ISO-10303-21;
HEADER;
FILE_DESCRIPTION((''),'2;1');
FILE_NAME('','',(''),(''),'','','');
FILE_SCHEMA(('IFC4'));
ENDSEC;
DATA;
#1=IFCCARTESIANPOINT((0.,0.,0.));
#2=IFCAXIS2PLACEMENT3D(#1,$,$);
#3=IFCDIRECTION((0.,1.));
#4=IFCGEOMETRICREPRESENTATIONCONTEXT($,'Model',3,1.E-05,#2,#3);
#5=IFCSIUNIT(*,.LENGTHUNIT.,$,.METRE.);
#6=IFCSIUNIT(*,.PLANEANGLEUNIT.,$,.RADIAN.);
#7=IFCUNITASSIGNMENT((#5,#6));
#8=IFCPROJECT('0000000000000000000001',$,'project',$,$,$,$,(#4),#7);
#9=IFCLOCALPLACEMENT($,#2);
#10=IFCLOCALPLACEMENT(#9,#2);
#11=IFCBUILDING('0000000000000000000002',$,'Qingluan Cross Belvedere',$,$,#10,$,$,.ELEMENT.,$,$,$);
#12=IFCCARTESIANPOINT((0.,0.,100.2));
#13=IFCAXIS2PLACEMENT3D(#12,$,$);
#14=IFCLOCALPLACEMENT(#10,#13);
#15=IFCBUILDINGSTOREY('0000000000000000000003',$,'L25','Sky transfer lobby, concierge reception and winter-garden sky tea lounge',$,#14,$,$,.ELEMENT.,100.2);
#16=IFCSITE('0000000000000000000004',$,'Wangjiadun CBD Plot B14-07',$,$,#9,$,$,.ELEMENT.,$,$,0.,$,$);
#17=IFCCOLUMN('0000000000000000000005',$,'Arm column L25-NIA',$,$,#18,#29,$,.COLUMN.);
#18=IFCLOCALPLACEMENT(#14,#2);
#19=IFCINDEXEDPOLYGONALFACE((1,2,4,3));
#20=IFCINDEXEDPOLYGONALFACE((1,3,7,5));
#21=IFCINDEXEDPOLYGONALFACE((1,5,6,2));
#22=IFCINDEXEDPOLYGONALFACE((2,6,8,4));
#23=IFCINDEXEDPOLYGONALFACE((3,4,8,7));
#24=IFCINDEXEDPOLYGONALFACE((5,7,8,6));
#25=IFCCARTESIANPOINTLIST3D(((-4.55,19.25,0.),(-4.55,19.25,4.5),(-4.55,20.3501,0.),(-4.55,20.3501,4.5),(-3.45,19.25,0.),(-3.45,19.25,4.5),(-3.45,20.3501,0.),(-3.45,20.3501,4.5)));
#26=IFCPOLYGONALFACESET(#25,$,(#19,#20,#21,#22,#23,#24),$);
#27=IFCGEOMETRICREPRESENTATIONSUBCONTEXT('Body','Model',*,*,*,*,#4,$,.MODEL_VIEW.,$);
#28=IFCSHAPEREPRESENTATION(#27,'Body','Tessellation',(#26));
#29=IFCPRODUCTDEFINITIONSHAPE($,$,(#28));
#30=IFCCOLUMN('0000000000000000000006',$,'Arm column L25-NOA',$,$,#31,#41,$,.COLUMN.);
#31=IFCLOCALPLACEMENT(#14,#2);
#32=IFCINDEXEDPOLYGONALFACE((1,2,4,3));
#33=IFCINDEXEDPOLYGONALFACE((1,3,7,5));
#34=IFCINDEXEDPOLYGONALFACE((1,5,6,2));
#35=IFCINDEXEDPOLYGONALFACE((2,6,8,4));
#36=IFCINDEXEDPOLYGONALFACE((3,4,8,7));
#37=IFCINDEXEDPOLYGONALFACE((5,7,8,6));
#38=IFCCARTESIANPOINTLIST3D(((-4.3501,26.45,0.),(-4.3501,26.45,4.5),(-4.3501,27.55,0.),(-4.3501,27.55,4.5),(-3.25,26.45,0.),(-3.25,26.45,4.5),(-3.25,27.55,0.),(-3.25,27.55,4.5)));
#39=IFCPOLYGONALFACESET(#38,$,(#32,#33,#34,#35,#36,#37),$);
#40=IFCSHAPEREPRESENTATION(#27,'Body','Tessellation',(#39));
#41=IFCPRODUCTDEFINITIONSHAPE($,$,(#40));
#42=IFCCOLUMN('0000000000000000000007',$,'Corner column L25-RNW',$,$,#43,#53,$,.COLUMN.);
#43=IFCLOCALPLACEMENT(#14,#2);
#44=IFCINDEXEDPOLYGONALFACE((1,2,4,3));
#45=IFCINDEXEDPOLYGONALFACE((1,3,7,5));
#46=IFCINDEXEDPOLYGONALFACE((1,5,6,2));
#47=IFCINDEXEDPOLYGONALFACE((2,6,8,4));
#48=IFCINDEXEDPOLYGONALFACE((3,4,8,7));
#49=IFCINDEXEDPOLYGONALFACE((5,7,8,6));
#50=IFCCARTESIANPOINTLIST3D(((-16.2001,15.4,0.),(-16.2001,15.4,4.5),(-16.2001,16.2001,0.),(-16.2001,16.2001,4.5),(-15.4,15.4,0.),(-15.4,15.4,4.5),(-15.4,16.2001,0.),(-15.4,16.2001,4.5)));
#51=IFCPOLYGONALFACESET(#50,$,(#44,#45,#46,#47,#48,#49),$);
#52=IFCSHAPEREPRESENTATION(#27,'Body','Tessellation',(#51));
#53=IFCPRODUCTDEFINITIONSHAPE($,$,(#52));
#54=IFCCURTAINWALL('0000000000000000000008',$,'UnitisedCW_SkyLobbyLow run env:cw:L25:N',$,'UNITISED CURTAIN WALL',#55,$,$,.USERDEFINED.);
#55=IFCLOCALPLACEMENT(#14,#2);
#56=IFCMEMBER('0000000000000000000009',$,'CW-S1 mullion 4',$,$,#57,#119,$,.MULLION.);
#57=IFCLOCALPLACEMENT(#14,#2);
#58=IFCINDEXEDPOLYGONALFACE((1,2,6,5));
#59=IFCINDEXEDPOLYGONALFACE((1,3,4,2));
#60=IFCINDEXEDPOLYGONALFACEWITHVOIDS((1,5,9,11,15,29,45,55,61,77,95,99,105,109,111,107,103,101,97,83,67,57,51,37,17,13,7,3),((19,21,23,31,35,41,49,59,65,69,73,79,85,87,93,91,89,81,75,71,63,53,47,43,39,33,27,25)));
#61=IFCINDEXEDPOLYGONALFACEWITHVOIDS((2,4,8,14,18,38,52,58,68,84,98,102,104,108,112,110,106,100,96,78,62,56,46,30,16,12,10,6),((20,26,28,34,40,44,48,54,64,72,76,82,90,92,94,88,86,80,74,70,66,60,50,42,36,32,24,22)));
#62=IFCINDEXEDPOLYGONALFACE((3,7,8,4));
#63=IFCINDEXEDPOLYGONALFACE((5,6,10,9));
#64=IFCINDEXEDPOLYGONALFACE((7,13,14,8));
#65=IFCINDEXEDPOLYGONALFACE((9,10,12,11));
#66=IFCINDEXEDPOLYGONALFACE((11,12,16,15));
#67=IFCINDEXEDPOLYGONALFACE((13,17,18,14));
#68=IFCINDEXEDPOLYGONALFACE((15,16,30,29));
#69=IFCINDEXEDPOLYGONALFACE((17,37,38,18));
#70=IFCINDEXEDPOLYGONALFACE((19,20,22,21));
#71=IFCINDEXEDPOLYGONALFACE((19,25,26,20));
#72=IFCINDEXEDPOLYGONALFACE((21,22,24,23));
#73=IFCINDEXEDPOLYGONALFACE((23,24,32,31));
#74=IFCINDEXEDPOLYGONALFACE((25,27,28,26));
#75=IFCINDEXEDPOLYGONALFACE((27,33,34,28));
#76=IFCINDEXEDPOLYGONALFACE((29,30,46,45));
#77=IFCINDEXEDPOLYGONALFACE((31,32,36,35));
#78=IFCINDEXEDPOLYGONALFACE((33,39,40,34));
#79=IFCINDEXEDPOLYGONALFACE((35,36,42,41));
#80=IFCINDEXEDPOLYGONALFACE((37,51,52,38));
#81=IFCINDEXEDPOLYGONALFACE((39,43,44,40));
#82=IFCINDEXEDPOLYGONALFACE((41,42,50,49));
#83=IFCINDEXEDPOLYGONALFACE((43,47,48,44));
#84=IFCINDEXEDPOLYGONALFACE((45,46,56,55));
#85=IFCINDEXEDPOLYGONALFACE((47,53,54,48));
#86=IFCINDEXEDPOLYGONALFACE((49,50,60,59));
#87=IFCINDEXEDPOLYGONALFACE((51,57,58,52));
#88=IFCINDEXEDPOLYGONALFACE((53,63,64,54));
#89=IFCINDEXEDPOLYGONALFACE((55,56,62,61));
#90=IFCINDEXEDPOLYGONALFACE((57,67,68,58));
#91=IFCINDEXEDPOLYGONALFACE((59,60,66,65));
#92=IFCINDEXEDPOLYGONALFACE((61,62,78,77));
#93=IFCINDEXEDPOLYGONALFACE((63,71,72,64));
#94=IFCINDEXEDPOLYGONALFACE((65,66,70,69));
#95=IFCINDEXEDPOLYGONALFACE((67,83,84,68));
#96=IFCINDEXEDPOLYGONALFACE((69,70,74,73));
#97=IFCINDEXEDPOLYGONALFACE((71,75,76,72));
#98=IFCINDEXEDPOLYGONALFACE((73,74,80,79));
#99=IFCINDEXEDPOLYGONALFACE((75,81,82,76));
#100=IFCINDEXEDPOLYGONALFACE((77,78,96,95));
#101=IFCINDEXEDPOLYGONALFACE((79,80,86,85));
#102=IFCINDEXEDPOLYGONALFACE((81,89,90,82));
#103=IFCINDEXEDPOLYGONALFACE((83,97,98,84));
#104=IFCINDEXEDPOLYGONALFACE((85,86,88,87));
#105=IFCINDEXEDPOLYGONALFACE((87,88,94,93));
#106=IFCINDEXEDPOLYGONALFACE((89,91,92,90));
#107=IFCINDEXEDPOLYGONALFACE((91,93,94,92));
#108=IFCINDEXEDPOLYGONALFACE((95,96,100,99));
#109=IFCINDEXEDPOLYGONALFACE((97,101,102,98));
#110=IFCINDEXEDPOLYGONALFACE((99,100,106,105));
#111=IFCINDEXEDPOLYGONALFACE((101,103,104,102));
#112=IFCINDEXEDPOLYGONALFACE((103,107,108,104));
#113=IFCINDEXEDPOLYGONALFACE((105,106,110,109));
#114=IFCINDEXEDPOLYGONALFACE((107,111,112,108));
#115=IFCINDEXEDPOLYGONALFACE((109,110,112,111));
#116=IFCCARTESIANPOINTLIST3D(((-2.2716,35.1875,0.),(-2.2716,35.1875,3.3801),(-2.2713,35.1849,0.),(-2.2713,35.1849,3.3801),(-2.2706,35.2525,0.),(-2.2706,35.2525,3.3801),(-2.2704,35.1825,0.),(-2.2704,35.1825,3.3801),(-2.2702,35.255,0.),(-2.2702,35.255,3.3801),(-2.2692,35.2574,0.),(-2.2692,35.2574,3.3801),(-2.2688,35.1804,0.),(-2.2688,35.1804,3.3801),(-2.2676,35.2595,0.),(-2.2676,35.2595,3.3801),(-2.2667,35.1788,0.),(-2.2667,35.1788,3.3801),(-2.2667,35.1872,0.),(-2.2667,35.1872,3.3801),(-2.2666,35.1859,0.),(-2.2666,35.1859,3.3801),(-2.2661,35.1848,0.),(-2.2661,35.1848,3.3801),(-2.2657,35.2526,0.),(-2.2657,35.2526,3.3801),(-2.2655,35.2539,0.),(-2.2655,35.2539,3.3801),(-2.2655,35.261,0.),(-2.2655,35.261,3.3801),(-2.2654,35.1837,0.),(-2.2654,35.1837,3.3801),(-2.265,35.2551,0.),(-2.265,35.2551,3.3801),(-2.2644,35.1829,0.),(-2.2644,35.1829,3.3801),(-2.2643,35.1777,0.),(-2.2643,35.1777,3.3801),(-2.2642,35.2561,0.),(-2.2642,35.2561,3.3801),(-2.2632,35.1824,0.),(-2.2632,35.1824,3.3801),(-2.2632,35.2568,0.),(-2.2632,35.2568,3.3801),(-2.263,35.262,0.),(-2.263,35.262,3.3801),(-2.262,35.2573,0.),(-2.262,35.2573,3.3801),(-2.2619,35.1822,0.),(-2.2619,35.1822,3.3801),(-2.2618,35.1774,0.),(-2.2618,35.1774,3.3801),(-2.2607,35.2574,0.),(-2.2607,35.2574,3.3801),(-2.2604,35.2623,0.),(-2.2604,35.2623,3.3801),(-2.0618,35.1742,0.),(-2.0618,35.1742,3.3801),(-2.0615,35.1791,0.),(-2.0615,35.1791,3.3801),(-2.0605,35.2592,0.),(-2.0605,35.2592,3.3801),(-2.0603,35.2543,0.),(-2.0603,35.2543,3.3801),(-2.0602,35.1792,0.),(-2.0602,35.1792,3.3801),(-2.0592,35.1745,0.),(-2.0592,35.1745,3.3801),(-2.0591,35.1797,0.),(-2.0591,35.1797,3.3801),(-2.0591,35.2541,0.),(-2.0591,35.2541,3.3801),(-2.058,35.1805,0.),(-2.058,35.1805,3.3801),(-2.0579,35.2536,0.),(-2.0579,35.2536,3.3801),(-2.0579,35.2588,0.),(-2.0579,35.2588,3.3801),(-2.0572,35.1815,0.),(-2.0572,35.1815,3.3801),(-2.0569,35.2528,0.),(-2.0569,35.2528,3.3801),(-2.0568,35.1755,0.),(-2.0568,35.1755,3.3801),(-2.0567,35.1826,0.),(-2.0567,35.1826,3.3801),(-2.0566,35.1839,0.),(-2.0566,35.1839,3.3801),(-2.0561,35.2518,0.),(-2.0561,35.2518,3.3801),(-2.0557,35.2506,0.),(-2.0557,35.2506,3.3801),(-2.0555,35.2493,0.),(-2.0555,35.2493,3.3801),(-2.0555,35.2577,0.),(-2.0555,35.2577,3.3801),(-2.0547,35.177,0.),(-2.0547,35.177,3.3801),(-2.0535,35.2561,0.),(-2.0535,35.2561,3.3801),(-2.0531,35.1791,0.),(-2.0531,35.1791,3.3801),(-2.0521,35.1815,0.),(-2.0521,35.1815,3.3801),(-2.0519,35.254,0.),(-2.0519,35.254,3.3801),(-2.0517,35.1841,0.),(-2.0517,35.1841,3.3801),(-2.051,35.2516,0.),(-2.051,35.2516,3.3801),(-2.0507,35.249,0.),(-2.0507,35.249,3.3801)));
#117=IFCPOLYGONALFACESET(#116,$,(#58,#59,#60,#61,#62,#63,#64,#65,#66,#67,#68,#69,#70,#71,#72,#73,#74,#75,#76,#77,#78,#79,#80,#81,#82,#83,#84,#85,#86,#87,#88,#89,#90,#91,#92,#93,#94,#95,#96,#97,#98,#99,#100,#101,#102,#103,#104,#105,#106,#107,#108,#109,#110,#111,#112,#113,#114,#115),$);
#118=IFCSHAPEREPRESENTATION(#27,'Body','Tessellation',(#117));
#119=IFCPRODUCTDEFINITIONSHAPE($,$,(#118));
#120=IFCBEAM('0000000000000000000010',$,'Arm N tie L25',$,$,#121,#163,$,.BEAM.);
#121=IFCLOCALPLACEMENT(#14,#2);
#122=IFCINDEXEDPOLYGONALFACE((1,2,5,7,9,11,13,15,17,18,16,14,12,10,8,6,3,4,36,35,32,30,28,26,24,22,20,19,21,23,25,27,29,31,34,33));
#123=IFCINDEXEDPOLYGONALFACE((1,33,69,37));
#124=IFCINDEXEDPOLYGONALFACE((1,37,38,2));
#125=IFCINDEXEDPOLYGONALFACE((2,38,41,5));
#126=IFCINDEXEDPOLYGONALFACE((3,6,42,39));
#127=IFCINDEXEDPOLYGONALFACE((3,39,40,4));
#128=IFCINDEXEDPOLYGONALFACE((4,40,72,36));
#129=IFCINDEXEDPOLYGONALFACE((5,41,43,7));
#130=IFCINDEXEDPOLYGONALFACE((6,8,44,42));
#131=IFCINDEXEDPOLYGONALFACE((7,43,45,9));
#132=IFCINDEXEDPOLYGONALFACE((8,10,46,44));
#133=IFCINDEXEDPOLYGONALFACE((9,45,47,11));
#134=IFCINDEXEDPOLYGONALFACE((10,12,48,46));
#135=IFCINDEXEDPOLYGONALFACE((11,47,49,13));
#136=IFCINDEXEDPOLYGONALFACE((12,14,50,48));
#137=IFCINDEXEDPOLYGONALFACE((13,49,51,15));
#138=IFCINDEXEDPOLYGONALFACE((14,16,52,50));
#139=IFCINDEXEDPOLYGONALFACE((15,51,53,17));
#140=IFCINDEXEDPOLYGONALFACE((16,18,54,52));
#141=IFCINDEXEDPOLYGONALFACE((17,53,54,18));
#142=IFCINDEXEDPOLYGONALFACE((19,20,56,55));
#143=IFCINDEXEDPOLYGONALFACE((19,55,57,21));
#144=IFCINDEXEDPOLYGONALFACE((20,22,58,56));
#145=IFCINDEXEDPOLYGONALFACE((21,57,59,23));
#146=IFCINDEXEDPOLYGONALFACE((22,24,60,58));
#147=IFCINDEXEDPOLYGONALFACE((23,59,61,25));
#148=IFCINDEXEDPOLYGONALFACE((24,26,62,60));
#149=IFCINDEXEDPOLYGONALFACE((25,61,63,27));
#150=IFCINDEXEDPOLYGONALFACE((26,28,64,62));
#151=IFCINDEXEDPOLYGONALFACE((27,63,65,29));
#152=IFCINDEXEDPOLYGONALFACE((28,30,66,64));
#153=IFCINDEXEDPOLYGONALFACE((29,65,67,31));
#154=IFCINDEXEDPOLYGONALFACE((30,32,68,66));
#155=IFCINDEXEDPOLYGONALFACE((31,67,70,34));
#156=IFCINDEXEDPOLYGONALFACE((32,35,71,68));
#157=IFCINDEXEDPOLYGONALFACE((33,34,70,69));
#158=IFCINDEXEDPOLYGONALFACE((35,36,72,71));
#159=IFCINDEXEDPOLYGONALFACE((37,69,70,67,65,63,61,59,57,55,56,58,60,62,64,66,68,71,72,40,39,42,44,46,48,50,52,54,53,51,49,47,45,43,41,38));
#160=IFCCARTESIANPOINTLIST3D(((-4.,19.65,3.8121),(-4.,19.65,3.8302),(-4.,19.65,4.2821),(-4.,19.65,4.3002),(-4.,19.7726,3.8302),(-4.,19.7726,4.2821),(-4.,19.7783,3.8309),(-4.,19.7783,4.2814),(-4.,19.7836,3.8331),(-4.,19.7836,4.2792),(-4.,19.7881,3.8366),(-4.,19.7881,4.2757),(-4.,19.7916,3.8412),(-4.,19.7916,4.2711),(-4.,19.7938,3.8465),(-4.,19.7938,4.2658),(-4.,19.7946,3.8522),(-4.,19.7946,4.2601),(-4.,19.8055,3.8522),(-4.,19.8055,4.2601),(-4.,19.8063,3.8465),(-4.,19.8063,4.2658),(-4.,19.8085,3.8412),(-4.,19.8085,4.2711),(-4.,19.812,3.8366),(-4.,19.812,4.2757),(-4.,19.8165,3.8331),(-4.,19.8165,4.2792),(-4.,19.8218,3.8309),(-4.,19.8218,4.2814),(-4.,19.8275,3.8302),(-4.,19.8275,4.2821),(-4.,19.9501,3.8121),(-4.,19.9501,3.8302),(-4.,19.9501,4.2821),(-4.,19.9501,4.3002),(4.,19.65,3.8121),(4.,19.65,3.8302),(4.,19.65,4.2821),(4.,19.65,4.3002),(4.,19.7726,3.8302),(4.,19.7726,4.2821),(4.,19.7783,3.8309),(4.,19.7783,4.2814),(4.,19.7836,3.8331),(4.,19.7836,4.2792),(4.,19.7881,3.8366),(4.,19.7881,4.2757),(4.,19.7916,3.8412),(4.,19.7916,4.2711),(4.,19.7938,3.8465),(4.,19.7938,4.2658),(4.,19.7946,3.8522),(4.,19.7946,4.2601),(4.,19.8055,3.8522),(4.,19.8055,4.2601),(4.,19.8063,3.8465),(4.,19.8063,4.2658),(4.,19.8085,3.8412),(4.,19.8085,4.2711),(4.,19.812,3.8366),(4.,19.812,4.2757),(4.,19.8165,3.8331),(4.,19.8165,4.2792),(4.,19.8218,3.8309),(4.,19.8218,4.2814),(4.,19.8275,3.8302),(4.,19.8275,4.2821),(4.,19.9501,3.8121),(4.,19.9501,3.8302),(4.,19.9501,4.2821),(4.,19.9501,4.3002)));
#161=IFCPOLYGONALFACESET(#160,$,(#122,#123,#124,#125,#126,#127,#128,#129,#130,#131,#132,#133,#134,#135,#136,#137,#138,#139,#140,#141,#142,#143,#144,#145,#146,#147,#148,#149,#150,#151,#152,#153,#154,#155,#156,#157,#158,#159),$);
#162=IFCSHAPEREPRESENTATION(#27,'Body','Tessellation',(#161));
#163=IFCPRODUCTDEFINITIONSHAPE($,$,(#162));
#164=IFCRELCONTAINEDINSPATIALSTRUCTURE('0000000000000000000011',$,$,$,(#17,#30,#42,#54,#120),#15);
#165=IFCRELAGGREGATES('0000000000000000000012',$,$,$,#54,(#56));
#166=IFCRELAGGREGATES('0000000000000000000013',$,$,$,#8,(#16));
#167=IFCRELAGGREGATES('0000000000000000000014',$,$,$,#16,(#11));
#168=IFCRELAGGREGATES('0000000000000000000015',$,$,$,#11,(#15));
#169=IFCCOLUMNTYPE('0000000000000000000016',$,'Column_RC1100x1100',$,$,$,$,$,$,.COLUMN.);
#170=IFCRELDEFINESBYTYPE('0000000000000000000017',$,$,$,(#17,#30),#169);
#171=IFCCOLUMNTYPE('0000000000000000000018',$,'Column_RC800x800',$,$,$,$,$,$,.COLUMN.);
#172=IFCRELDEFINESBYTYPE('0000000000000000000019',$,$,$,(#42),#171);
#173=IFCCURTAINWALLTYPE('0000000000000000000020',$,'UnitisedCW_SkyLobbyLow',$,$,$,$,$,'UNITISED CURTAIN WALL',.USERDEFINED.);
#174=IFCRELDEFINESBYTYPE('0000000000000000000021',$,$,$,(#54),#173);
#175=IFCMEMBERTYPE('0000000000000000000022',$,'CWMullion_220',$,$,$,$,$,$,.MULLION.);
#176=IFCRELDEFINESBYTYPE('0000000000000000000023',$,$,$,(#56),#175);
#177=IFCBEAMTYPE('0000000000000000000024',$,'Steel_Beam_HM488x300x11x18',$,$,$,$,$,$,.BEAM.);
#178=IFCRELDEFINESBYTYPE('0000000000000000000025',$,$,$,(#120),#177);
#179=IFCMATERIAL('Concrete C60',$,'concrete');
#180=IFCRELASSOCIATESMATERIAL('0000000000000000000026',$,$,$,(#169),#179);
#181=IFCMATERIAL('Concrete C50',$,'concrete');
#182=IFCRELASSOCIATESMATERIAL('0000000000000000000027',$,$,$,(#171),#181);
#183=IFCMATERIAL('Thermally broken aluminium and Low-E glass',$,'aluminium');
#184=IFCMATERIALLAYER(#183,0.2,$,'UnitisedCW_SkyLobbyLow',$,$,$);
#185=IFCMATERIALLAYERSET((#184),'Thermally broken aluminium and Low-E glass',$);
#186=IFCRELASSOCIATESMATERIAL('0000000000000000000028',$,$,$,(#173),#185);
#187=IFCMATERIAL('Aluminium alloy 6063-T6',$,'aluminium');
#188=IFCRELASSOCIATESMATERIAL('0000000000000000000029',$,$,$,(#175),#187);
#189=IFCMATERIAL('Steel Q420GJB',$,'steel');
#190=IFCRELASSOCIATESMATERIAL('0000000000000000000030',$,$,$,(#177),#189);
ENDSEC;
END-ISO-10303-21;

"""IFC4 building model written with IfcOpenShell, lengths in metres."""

from ifc_helpers import new_model, si_unit, direction, frame, origin, origin_2d, place, context, subcontext, project, spatial, rectangle, hollow_rectangle, i_section, extrude, material, layer, layer_set, material_profile, profile_set, type_object, element, aggregate, save


model = new_model("IFC4")

# Units and contexts
model_context = context("Model", 3, precision=1e-05, world=origin(), true_north=direction((0.0, 1.0)))
body_context = subcontext(model_context, "Body", "Model", "MODEL_VIEW")
ifc_project = project(units=[si_unit("LENGTHUNIT", "METRE"), si_unit("PLANEANGLEUNIT", "RADIAN")], contexts=[model_context])

# Site, building, storey
site_placement = place(None, origin())
site = spatial("IfcSite", under=ifc_project, at=site_placement, Name="Wangjiadun CBD Plot B14-07", CompositionType="ELEMENT", RefElevation=0.0)
building_placement = place(site_placement, origin())
building = spatial("IfcBuilding", under=site, at=building_placement, Name="Qingluan Cross Belvedere", CompositionType="ELEMENT")
storey_placement = place(building_placement, frame((0.0, 0.0, 100.2)))
storey = spatial("IfcBuildingStorey", under=building, at=storey_placement, Name="L25", Description="Sky transfer lobby, concierge reception and winter-garden sky tea lounge", CompositionType="ELEMENT", Elevation=100.2)

# Columns
ifc_material_1 = material(Name="Concrete C60", Category="concrete")
ifc_material_profile_1 = material_profile(ifc_material_1, rectangle(XDim=1.1001, YDim=1.1001, at=origin_2d()), Name="RC1100x1100")
ifc_profile_set_1 = profile_set([ifc_material_profile_1], Name="Concrete C60")
column_type_1 = type_object("IfcColumnType", Name="Column_RC1100x1100", PredefinedType="COLUMN", material=ifc_profile_set_1)
for number, where, z_axis, x_axis, name in (
    (1, (-4.0, 19.8, 0.0), (0.0, 0.0, 1.0), (1.0, 0.0, 0.0), "Arm column L25-NIA"),
    (2, (-3.8, 27.0, 0.0), (0.0, 0.0, 1.0), (1.0, 0.0, 0.0), "Arm column L25-NOA"),
):
    element("IfcColumn", number, at=place(storey_placement, frame(where, z_axis=z_axis, x_axis=x_axis)), inside=storey, type_object=column_type_1, Name=name, PredefinedType="COLUMN", context=body_context, shape_type="SweptSolid", body=[
        extrude(rectangle(XDim=1.1001, YDim=1.1001, at=origin_2d()), origin(), (0.0, 0.0, 1.0), 4.5),
    ])
ifc_material_2 = material(Name="Concrete C50", Category="concrete")
ifc_material_profile_2 = material_profile(ifc_material_2, rectangle(XDim=0.8, YDim=0.8, at=origin_2d()), Name="RC800x800")
ifc_profile_set_2 = profile_set([ifc_material_profile_2], Name="Concrete C50")
column_type_2 = type_object("IfcColumnType", Name="Column_RC800x800", PredefinedType="COLUMN", material=ifc_profile_set_2)
column_placement = place(storey_placement, frame((-15.8, 15.8, 0.0), z_axis=(0.0, 0.0, 1.0), x_axis=(1.0, 0.0, 0.0)))
element("IfcColumn", 3, at=column_placement, inside=storey, type_object=column_type_2, Name="Corner column L25-RNW", PredefinedType="COLUMN", context=body_context, shape_type="SweptSolid", body=[
    extrude(rectangle(XDim=0.8, YDim=0.8, at=origin_2d()), origin(), (0.0, 0.0, 1.0), 4.5),
])

# Curtain wall, member
ifc_material_3 = material(Name="Thermally broken aluminium and Low-E glass", Category="aluminium")
ifc_layer_1 = layer(ifc_material_3, 0.2, Name="UnitisedCW_SkyLobbyLow")
ifc_layer_set_1 = layer_set([ifc_layer_1], Name="Thermally broken aluminium and Low-E glass")
curtain_wall_type = type_object("IfcCurtainWallType", Name="UnitisedCW_SkyLobbyLow", ElementType="UNITISED CURTAIN WALL", PredefinedType="USERDEFINED", material=ifc_layer_set_1)
curtain_wall_placement = place(storey_placement, origin())
curtain_wall = element("IfcCurtainWall", 4, at=curtain_wall_placement, inside=storey, type_object=curtain_wall_type, Name="UnitisedCW_SkyLobbyLow run env:cw:L25:N", ObjectType="UNITISED CURTAIN WALL", PredefinedType="USERDEFINED")
ifc_material_4 = material(Name="Aluminium alloy 6063-T6", Category="aluminium")
ifc_material_profile_3 = material_profile(ifc_material_4, hollow_rectangle(XDim=0.085, YDim=0.22, WallThickness=0.0049, InnerFilletRadius=0.0049, OuterFilletRadius=0.01, at=origin_2d()), Name="CWM220x85x5")
ifc_profile_set_3 = profile_set([ifc_material_profile_3], Name="Aluminium alloy 6063-T6")
member_type = type_object("IfcMemberType", Name="CWMullion_220", PredefinedType="MULLION", material=ifc_profile_set_3)
member_placement = place(storey_placement, frame((-2.1611, 35.2183, 0.0), z_axis=(0.0, 0.0, 1.0), x_axis=(-0.015707, -0.999877, 0.0)))
member = element("IfcMember", 5, at=member_placement, type_object=member_type, Name="CW-S1 mullion 4", PredefinedType="MULLION", context=body_context, shape_type="SweptSolid", body=[
    extrude(hollow_rectangle(XDim=0.085, YDim=0.22, WallThickness=0.0049, InnerFilletRadius=0.0049, OuterFilletRadius=0.01, at=origin_2d()), origin(), (0.0, 0.0, 1.0), 3.3801),
])

# Beam
ifc_material_5 = material(Name="Steel Q420GJB", Category="steel")
ifc_material_profile_4 = material_profile(ifc_material_5, i_section(OverallWidth=0.3, OverallDepth=0.488, WebThickness=0.011, FlangeThickness=0.0181, FilletRadius=0.022, at=origin_2d()), Name="HM488x300x11x18")
ifc_profile_set_4 = profile_set([ifc_material_profile_4], Name="Steel Q420GJB")
beam_type_1 = type_object("IfcBeamType", Name="Steel_Beam_HM488x300x11x18", PredefinedType="BEAM", material=ifc_profile_set_4)
for number, where, z_axis, x_axis, name in (
    (6, (-4.0, 19.8, 4.0562), (1.0, 0.0, 0.0), (0.0, 1.0, 0.0), "Arm N tie L25"),
):
    element("IfcBeam", number, at=place(storey_placement, frame(where, z_axis=z_axis, x_axis=x_axis)), inside=storey, type_object=beam_type_1, Name=name, PredefinedType="BEAM", context=body_context, shape_type="SweptSolid", body=[
        extrude(i_section(OverallWidth=0.3, OverallDepth=0.488, WebThickness=0.011, FlangeThickness=0.0181, FilletRadius=0.022, at=origin_2d()), origin(), (0.0, 0.0, 1.0), 8.0),
    ])

aggregate(curtain_wall, [member])

save(model, "model.ifc")
